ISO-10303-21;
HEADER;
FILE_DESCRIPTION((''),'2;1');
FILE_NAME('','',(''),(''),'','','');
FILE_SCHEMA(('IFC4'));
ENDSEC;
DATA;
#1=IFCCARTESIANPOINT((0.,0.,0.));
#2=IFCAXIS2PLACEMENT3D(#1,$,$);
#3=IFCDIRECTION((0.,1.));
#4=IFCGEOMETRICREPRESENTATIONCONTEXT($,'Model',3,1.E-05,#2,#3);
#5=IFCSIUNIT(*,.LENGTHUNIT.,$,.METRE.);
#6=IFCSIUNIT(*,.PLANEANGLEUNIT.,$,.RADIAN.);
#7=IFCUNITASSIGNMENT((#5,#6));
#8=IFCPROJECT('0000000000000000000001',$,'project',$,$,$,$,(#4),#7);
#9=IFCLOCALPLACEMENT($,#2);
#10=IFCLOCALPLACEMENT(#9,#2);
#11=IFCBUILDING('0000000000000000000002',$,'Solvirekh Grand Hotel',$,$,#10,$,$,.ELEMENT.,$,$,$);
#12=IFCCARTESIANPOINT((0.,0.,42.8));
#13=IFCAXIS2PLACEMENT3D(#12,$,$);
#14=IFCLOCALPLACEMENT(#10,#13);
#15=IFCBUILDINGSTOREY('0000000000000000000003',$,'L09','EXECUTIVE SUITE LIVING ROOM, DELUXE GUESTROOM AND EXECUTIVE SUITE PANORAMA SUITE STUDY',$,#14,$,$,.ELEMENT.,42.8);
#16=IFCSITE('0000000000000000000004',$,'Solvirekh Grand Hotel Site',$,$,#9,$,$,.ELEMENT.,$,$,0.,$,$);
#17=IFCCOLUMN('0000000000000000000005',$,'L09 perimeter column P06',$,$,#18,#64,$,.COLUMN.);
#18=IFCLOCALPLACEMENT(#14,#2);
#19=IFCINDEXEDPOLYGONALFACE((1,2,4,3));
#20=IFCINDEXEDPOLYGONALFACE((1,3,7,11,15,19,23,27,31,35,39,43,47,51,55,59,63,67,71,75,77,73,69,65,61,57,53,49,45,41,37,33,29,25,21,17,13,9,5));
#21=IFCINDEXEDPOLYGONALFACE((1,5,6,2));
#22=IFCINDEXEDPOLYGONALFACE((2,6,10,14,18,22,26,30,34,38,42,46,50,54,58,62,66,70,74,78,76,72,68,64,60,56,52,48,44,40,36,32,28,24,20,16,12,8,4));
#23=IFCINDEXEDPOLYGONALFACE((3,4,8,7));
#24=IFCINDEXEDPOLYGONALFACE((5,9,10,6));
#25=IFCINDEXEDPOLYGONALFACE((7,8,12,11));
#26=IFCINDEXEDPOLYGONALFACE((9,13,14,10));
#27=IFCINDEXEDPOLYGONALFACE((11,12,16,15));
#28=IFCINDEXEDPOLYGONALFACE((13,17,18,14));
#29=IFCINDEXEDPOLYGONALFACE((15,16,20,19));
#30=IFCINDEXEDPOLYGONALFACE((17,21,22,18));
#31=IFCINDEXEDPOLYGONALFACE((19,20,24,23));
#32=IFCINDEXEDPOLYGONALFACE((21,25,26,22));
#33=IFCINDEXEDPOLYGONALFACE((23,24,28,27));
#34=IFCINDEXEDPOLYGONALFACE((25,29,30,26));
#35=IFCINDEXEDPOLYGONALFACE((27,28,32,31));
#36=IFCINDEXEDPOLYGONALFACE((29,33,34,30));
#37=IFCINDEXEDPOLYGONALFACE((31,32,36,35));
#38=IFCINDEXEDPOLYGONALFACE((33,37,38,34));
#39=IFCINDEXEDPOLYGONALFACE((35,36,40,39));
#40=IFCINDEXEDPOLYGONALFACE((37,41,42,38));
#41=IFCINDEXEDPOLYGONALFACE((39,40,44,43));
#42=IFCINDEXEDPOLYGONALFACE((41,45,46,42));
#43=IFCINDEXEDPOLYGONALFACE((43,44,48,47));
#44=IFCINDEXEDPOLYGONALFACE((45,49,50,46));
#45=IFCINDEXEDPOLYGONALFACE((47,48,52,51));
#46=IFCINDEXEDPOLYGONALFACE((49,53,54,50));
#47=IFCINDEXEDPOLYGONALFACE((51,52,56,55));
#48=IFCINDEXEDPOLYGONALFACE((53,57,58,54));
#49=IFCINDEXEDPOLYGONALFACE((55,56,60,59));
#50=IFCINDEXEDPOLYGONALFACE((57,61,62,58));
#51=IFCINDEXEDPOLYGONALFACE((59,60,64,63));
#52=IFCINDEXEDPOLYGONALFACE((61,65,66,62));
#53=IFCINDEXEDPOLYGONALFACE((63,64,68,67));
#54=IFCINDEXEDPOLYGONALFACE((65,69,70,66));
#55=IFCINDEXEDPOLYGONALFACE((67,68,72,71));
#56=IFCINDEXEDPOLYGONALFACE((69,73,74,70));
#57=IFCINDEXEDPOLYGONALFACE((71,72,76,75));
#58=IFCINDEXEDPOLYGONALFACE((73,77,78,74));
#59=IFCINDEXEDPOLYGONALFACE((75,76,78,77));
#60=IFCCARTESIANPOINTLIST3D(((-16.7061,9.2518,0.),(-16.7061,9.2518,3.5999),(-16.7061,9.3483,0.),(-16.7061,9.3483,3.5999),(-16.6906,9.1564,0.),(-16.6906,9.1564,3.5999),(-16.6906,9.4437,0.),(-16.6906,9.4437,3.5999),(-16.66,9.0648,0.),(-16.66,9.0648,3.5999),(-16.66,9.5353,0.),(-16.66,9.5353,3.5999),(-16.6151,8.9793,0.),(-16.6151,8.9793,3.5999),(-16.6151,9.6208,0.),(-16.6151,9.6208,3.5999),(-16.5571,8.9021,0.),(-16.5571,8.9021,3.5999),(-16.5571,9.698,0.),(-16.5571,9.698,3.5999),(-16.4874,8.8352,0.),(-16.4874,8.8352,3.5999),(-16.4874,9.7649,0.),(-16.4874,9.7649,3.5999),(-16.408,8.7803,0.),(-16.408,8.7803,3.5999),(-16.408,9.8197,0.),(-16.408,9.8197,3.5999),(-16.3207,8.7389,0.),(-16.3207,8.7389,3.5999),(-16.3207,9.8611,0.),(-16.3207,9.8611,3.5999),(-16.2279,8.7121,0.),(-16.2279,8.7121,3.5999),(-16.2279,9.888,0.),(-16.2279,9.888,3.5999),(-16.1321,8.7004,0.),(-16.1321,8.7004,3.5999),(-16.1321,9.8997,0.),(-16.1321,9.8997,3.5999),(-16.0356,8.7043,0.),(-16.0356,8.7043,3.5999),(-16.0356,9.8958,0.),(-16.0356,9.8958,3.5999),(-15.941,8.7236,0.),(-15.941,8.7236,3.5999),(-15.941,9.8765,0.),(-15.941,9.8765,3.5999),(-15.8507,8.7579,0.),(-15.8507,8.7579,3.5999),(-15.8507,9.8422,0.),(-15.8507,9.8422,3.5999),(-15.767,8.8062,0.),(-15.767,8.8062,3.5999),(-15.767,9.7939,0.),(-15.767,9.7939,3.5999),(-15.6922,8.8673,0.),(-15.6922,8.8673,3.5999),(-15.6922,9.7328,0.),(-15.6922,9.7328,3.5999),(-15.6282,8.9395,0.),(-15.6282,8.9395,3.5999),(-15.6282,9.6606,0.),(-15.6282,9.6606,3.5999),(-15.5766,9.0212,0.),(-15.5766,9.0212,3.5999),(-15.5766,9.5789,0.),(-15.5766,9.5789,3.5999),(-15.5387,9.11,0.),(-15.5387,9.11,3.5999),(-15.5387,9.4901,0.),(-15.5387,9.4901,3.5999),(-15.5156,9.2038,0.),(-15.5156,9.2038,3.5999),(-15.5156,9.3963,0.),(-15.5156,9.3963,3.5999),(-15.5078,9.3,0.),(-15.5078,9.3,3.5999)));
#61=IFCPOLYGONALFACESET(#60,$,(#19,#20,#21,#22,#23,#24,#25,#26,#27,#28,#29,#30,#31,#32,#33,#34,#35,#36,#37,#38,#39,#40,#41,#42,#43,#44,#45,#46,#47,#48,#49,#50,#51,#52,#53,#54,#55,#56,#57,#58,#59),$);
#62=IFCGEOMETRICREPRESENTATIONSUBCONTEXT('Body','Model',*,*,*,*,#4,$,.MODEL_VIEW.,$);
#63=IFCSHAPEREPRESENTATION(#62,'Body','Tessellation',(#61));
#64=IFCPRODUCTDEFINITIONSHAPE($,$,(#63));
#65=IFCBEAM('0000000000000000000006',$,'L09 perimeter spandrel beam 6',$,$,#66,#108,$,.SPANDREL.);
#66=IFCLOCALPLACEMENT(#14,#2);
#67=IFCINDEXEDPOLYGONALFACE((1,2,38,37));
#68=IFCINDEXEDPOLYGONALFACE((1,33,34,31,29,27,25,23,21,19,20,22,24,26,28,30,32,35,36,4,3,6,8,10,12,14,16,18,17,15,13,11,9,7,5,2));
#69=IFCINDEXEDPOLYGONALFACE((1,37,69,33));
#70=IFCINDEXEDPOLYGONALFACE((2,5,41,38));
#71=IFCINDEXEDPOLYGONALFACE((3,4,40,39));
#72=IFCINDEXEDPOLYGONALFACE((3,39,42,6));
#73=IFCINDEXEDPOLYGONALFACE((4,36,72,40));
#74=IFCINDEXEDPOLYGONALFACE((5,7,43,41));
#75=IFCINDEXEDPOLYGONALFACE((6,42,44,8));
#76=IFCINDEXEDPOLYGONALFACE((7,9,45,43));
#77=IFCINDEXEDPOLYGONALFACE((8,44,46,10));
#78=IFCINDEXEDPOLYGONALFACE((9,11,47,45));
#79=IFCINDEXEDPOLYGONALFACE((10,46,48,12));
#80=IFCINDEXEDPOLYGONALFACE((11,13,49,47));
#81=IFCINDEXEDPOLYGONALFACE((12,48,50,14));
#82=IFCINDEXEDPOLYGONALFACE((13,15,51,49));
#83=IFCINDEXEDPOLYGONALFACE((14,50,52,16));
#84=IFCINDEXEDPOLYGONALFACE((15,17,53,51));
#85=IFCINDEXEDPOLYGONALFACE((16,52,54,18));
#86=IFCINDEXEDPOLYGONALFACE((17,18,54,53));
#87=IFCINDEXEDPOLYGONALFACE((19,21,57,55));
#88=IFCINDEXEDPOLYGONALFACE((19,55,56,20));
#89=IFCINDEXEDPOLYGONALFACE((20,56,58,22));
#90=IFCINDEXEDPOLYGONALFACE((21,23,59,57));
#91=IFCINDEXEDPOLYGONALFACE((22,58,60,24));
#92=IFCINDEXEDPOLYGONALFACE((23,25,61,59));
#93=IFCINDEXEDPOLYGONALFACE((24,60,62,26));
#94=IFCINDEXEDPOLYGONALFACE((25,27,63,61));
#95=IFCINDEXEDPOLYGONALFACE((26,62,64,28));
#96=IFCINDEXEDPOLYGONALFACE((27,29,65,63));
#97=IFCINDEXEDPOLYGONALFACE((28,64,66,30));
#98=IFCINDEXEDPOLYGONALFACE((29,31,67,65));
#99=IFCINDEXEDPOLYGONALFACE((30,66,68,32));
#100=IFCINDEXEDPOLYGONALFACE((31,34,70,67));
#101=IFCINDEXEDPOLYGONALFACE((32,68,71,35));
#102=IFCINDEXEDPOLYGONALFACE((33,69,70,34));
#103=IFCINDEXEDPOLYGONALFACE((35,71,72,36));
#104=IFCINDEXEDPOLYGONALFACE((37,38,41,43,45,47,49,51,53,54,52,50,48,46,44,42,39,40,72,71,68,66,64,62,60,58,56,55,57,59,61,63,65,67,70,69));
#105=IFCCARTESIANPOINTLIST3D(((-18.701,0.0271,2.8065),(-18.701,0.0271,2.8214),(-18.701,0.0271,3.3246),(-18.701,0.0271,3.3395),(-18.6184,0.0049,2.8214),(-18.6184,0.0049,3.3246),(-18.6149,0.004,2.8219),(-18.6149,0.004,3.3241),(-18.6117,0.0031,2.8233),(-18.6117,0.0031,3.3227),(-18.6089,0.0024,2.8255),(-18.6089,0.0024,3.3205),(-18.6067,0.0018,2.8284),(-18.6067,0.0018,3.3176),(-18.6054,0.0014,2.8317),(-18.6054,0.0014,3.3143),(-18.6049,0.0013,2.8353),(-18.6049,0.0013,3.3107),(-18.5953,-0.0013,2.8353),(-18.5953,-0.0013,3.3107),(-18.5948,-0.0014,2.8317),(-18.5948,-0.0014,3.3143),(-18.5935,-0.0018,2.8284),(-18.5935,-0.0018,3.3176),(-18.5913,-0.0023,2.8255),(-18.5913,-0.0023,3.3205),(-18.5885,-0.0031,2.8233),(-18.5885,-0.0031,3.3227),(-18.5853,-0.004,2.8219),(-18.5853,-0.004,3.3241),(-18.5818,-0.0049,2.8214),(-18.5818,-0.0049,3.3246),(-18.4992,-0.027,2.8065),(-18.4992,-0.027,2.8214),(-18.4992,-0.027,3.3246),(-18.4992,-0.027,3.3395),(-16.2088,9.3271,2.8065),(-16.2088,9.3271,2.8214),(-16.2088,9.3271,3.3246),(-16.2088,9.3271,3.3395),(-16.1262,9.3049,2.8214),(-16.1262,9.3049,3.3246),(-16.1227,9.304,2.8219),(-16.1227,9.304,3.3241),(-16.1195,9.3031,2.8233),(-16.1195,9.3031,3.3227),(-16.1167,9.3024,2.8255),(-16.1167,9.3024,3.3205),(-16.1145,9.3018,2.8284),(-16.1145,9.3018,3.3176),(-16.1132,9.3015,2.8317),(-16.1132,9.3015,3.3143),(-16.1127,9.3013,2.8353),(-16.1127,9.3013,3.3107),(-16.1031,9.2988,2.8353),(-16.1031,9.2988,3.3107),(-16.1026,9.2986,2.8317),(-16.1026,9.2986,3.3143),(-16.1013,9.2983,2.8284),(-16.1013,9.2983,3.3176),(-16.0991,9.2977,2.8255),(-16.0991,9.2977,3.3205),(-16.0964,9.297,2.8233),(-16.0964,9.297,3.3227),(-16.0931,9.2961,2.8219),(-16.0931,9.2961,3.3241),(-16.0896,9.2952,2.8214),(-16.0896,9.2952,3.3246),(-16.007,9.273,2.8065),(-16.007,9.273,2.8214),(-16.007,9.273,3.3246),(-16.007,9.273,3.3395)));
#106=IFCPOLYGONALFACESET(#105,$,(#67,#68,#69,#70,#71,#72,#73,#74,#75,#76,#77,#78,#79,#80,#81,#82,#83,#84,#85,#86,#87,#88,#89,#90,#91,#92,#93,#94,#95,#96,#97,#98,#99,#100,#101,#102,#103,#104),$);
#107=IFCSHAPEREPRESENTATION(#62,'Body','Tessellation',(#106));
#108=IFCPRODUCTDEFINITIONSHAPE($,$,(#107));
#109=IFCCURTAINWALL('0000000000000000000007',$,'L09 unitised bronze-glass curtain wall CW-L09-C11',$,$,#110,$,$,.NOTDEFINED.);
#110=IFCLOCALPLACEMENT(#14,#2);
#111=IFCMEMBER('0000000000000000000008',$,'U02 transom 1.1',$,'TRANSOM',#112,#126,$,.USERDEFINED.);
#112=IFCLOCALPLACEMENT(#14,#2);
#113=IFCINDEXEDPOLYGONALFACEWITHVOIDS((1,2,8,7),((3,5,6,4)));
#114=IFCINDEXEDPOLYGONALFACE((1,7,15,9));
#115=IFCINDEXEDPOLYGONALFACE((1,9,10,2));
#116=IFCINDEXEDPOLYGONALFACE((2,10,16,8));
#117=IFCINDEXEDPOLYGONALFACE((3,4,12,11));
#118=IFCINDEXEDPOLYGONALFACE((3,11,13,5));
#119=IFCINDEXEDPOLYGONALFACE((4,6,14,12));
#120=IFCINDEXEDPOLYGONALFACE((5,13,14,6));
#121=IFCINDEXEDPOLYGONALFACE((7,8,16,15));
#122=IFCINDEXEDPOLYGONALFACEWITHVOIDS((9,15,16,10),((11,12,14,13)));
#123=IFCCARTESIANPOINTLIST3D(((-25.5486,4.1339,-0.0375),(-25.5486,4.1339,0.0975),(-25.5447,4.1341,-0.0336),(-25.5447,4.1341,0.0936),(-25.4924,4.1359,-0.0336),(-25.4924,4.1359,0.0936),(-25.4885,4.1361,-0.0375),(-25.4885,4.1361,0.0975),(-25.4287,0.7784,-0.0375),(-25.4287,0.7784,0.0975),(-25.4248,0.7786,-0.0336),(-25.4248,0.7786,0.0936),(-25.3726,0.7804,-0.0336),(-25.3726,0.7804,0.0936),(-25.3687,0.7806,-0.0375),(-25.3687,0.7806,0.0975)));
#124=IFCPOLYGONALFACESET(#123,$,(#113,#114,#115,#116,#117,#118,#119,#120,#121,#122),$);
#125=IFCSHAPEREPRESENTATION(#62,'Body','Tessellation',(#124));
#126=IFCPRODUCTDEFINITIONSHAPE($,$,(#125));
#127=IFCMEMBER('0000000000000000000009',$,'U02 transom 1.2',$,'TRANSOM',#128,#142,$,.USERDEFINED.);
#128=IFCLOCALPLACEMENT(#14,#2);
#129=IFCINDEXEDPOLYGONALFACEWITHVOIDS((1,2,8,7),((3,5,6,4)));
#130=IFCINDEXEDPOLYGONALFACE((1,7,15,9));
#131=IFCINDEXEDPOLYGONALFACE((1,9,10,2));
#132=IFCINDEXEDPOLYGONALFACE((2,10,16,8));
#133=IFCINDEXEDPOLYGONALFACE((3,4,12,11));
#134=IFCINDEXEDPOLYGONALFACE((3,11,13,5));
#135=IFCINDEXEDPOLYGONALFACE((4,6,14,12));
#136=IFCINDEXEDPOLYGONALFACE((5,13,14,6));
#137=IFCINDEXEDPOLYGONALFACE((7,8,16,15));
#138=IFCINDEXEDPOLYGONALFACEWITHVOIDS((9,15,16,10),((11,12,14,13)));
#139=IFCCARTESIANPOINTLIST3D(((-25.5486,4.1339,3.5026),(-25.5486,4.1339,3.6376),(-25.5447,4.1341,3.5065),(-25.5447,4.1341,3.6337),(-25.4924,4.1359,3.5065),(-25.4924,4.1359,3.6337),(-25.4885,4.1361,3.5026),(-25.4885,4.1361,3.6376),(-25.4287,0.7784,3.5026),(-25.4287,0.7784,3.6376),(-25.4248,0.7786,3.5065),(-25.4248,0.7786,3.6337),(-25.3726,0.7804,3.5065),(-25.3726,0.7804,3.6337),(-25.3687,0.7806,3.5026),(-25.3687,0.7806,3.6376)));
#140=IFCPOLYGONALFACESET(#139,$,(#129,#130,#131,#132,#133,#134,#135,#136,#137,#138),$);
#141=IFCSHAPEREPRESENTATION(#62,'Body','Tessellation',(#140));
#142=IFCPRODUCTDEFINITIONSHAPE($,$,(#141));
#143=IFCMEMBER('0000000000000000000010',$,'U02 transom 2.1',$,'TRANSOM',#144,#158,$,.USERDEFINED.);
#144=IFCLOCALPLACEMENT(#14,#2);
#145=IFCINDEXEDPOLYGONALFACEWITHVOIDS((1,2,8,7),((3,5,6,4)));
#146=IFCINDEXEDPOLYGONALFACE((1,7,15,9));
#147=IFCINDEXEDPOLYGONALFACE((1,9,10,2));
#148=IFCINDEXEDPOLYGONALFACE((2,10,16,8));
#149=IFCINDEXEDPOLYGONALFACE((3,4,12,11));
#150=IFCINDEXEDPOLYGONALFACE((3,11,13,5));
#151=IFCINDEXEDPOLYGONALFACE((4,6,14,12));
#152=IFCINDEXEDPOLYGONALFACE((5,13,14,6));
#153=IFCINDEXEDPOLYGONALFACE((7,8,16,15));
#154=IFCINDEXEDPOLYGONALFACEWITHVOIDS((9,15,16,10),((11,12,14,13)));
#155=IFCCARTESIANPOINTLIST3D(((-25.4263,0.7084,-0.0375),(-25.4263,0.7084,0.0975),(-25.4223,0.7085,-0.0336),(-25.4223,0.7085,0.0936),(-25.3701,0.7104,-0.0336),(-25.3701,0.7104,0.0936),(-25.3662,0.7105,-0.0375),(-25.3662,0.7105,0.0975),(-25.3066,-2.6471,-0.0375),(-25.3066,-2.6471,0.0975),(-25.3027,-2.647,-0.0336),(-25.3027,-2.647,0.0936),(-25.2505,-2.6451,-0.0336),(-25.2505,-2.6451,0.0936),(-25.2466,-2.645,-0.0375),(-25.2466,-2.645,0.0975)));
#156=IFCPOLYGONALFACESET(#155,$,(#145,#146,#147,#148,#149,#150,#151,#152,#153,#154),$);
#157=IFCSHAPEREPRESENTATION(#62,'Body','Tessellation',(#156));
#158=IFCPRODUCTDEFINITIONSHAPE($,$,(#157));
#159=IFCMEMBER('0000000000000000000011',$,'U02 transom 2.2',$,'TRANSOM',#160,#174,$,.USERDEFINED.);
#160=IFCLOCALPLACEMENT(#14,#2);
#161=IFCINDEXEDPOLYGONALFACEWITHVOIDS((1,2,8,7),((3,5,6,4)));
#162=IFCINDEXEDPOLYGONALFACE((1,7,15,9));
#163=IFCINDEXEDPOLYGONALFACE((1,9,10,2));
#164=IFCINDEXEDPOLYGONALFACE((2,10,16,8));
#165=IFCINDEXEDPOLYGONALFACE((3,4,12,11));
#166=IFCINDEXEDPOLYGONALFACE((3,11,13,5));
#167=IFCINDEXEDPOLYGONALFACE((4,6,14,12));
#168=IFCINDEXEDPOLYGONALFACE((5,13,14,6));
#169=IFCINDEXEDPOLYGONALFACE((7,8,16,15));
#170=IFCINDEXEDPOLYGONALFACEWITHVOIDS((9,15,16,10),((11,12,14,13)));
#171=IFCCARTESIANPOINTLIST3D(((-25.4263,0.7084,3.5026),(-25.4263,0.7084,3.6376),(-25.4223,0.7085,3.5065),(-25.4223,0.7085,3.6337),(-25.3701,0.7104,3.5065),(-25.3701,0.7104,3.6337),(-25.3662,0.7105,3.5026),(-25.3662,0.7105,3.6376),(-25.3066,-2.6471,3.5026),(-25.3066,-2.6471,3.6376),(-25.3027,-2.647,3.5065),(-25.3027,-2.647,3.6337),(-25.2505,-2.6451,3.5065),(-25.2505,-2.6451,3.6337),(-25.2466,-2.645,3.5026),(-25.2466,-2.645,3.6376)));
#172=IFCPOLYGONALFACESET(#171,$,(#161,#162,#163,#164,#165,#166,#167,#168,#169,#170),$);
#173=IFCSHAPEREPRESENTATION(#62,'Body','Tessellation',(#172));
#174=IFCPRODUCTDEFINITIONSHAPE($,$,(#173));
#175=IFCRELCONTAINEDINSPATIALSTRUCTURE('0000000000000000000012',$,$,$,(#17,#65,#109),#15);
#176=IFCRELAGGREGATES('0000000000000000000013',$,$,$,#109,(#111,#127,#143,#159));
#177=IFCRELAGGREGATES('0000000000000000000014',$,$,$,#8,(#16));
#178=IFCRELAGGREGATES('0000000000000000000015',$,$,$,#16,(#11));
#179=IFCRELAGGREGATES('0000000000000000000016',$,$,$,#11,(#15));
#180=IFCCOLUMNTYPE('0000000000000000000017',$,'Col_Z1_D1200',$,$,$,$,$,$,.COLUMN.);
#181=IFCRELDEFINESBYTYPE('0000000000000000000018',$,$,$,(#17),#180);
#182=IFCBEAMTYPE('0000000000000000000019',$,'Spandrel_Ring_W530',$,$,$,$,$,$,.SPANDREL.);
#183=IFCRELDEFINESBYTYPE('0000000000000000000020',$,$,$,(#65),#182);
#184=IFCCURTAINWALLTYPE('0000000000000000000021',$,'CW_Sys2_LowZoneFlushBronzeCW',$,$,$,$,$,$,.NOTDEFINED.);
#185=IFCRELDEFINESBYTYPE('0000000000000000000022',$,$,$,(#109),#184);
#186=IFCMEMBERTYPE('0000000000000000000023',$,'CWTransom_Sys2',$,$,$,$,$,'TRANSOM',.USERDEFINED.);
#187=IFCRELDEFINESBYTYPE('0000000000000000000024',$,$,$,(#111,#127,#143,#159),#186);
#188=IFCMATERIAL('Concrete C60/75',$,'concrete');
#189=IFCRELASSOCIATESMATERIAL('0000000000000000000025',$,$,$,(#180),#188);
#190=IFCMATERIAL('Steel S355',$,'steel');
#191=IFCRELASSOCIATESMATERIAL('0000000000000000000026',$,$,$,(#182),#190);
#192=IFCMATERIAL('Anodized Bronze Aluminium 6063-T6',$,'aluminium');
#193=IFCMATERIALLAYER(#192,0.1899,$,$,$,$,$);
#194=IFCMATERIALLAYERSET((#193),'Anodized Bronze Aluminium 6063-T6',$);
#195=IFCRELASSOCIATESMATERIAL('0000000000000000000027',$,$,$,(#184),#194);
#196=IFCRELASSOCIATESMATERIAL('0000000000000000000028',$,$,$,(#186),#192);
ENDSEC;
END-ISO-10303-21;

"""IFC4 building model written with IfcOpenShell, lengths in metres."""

from ifc_helpers import new_model, si_unit, direction, frame, origin, origin_2d, place, context, subcontext, project, spatial, hollow_rectangle, circle, i_section, extrude, source, transform, mapped, material, layer, layer_set, material_profile, profile_set, type_object, element, aggregate, save


model = new_model("IFC4")

# Units and contexts
model_context = context("Model", 3, precision=1e-05, world=origin(), true_north=direction((0.0, 1.0)))
body_context = subcontext(model_context, "Body", "Model", "MODEL_VIEW")
ifc_project = project(units=[si_unit("LENGTHUNIT", "METRE"), si_unit("PLANEANGLEUNIT", "RADIAN")], contexts=[model_context])

# Site, building, storey
site_placement = place(None, origin())
site = spatial("IfcSite", under=ifc_project, at=site_placement, Name="Solvirekh Grand Hotel Site", CompositionType="ELEMENT", RefElevation=0.0)
building_placement = place(site_placement, origin())
building = spatial("IfcBuilding", under=site, at=building_placement, Name="Solvirekh Grand Hotel", CompositionType="ELEMENT")
storey_placement = place(building_placement, frame((0.0, 0.0, 42.8)))
storey = spatial("IfcBuildingStorey", under=building, at=storey_placement, Name="L09", Description="EXECUTIVE SUITE LIVING ROOM, DELUXE GUESTROOM AND EXECUTIVE SUITE PANORAMA SUITE STUDY", CompositionType="ELEMENT", Elevation=42.8)

# Column
ifc_material_1 = material(Name="Concrete C60/75", Category="concrete")
ifc_material_profile_1 = material_profile(ifc_material_1, circle(Radius=0.6001, at=origin_2d()), Name="RC CIRC D1200")
ifc_profile_set_1 = profile_set([ifc_material_profile_1], Name="Concrete C60/75")
column_type = type_object("IfcColumnType", Name="Col_Z1_D1200", PredefinedType="COLUMN", material=ifc_profile_set_1)
column_placement = place(storey_placement, frame((-16.1079, 9.3, 0.0), z_axis=(0.0, 0.0, 1.0), x_axis=(1.0, 0.0, 0.0)))
element("IfcColumn", 1, at=column_placement, inside=storey, type_object=column_type, Name="L09 perimeter column P06", PredefinedType="COLUMN", context=body_context, shape_type="SweptSolid", body=[
    extrude(circle(Radius=0.6001, at=origin_2d()), origin(), (0.0, 0.0, 1.0), 3.5999),
])

# Beam
ifc_material_2 = material(Name="Steel S355", Category="steel")
ifc_material_profile_2 = material_profile(ifc_material_2, i_section(OverallWidth=0.209, OverallDepth=0.533, WebThickness=0.01, FlangeThickness=0.0149, FilletRadius=0.0139, at=origin_2d()), Name="W530X92")
ifc_profile_set_2 = profile_set([ifc_material_profile_2], Name="Steel S355")
beam_type = type_object("IfcBeamType", Name="Spandrel_Ring_W530", PredefinedType="SPANDREL", material=ifc_profile_set_2)
beam_placement = place(storey_placement, frame((-16.1079, 9.3, 3.073), z_axis=(-0.258843, -0.965919, 0.0), x_axis=(0.965919, -0.258843, 0.0)))
element("IfcBeam", 2, at=beam_placement, inside=storey, type_object=beam_type, Name="L09 perimeter spandrel beam 6", PredefinedType="SPANDREL", context=body_context, shape_type="SweptSolid", body=[
    extrude(i_section(OverallWidth=0.209, OverallDepth=0.533, WebThickness=0.01, FlangeThickness=0.0149, FilletRadius=0.0139, at=origin_2d()), origin(), (0.0, 0.0, 1.0), 9.6282),
])

# Curtain wall, members
ifc_material_3 = material(Name="Anodized Bronze Aluminium 6063-T6", Category="aluminium")
ifc_layer_1 = layer(ifc_material_3, 0.1899)
ifc_layer_set_1 = layer_set([ifc_layer_1], Name="Anodized Bronze Aluminium 6063-T6")
curtain_wall_type = type_object("IfcCurtainWallType", Name="CW_Sys2_LowZoneFlushBronzeCW", PredefinedType="NOTDEFINED", material=ifc_layer_set_1)
curtain_wall_placement = place(storey_placement, origin())
curtain_wall = element("IfcCurtainWall", 3, at=curtain_wall_placement, inside=storey, type_object=curtain_wall_type, Name="L09 unitised bronze-glass curtain wall CW-L09-C11", PredefinedType="NOTDEFINED")
ifc_material_profile_3 = material_profile(ifc_material_3, hollow_rectangle(XDim=0.0601, YDim=0.135, WallThickness=0.0039, at=origin_2d()), Name="ALU RHS 135X60X4")
ifc_profile_set_3 = profile_set([ifc_material_profile_3], Name="Anodized Bronze Aluminium 6063-T6")
member_type_1 = type_object("IfcMemberType", Name="CWTransom_Sys2", ElementType="TRANSOM", PredefinedType="USERDEFINED", material=ifc_profile_set_3)
shared_shape_1 = source(origin(), body_context, "Body", "SweptSolid", [
    extrude(hollow_rectangle(XDim=0.0601, YDim=0.135, WallThickness=0.0039, at=origin_2d()), origin(), (0.0, 0.0, 1.0), 3.3577),
])
member_1_placement = place(storey_placement, frame((-25.5186, 4.135, 0.03), z_axis=(0.035702, -0.999362, 0.0), x_axis=(0.999362, 0.035702, 0.0)))
member_1 = element("IfcMember", 4, at=member_1_placement, type_object=member_type_1, Name="U02 transom 1.1", ObjectType="TRANSOM", PredefinedType="USERDEFINED", context=body_context, shape_type="MappedRepresentation", body=[
    mapped(shared_shape_1, transform((0.0, 0.0, 0.0), x_axis=(1.0, 0.0, 0.0), y_axis=(0.0, 1.0, 0.0), z_axis=(0.0, 0.0, 1.0), scale=1.0)),
])
member_2_placement = place(storey_placement, frame((-25.5186, 4.135, 3.5701), z_axis=(0.035702, -0.999362, 0.0), x_axis=(0.999362, 0.035702, 0.0)))
member_2 = element("IfcMember", 5, at=member_2_placement, type_object=member_type_1, Name="U02 transom 1.2", ObjectType="TRANSOM", PredefinedType="USERDEFINED", context=body_context, shape_type="MappedRepresentation", body=[
    mapped(shared_shape_1, transform((0.0, 0.0, 0.0), x_axis=(1.0, 0.0, 0.0), y_axis=(0.0, 1.0, 0.0), z_axis=(0.0, 0.0, 1.0), scale=1.0)),
])
member_3_placement = place(storey_placement, frame((-25.3962, 0.7095, 0.03), z_axis=(0.035629, -0.999365, 0.0), x_axis=(0.999365, 0.035629, 0.0)))
member_3 = element("IfcMember", 6, at=member_3_placement, type_object=member_type_1, Name="U02 transom 2.1", ObjectType="TRANSOM", PredefinedType="USERDEFINED", context=body_context, shape_type="MappedRepresentation", body=[
    mapped(shared_shape_1, transform((0.0, 0.0, 0.0), x_axis=(1.0, 0.0, 0.0), y_axis=(0.0, 1.0, 0.0), z_axis=(0.0, 0.0, 1.0), scale=1.0)),
])
member_4_placement = place(storey_placement, frame((-25.3962, 0.7095, 3.5701), z_axis=(0.035629, -0.999365, 0.0), x_axis=(0.999365, 0.035629, 0.0)))
member_4 = element("IfcMember", 7, at=member_4_placement, type_object=member_type_1, Name="U02 transom 2.2", ObjectType="TRANSOM", PredefinedType="USERDEFINED", context=body_context, shape_type="MappedRepresentation", body=[
    mapped(shared_shape_1, transform((0.0, 0.0, 0.0), x_axis=(1.0, 0.0, 0.0), y_axis=(0.0, 1.0, 0.0), z_axis=(0.0, 0.0, 1.0), scale=1.0)),
])
aggregate(curtain_wall, [member_1, member_2, member_3, member_4])

save(model, "model.ifc")
